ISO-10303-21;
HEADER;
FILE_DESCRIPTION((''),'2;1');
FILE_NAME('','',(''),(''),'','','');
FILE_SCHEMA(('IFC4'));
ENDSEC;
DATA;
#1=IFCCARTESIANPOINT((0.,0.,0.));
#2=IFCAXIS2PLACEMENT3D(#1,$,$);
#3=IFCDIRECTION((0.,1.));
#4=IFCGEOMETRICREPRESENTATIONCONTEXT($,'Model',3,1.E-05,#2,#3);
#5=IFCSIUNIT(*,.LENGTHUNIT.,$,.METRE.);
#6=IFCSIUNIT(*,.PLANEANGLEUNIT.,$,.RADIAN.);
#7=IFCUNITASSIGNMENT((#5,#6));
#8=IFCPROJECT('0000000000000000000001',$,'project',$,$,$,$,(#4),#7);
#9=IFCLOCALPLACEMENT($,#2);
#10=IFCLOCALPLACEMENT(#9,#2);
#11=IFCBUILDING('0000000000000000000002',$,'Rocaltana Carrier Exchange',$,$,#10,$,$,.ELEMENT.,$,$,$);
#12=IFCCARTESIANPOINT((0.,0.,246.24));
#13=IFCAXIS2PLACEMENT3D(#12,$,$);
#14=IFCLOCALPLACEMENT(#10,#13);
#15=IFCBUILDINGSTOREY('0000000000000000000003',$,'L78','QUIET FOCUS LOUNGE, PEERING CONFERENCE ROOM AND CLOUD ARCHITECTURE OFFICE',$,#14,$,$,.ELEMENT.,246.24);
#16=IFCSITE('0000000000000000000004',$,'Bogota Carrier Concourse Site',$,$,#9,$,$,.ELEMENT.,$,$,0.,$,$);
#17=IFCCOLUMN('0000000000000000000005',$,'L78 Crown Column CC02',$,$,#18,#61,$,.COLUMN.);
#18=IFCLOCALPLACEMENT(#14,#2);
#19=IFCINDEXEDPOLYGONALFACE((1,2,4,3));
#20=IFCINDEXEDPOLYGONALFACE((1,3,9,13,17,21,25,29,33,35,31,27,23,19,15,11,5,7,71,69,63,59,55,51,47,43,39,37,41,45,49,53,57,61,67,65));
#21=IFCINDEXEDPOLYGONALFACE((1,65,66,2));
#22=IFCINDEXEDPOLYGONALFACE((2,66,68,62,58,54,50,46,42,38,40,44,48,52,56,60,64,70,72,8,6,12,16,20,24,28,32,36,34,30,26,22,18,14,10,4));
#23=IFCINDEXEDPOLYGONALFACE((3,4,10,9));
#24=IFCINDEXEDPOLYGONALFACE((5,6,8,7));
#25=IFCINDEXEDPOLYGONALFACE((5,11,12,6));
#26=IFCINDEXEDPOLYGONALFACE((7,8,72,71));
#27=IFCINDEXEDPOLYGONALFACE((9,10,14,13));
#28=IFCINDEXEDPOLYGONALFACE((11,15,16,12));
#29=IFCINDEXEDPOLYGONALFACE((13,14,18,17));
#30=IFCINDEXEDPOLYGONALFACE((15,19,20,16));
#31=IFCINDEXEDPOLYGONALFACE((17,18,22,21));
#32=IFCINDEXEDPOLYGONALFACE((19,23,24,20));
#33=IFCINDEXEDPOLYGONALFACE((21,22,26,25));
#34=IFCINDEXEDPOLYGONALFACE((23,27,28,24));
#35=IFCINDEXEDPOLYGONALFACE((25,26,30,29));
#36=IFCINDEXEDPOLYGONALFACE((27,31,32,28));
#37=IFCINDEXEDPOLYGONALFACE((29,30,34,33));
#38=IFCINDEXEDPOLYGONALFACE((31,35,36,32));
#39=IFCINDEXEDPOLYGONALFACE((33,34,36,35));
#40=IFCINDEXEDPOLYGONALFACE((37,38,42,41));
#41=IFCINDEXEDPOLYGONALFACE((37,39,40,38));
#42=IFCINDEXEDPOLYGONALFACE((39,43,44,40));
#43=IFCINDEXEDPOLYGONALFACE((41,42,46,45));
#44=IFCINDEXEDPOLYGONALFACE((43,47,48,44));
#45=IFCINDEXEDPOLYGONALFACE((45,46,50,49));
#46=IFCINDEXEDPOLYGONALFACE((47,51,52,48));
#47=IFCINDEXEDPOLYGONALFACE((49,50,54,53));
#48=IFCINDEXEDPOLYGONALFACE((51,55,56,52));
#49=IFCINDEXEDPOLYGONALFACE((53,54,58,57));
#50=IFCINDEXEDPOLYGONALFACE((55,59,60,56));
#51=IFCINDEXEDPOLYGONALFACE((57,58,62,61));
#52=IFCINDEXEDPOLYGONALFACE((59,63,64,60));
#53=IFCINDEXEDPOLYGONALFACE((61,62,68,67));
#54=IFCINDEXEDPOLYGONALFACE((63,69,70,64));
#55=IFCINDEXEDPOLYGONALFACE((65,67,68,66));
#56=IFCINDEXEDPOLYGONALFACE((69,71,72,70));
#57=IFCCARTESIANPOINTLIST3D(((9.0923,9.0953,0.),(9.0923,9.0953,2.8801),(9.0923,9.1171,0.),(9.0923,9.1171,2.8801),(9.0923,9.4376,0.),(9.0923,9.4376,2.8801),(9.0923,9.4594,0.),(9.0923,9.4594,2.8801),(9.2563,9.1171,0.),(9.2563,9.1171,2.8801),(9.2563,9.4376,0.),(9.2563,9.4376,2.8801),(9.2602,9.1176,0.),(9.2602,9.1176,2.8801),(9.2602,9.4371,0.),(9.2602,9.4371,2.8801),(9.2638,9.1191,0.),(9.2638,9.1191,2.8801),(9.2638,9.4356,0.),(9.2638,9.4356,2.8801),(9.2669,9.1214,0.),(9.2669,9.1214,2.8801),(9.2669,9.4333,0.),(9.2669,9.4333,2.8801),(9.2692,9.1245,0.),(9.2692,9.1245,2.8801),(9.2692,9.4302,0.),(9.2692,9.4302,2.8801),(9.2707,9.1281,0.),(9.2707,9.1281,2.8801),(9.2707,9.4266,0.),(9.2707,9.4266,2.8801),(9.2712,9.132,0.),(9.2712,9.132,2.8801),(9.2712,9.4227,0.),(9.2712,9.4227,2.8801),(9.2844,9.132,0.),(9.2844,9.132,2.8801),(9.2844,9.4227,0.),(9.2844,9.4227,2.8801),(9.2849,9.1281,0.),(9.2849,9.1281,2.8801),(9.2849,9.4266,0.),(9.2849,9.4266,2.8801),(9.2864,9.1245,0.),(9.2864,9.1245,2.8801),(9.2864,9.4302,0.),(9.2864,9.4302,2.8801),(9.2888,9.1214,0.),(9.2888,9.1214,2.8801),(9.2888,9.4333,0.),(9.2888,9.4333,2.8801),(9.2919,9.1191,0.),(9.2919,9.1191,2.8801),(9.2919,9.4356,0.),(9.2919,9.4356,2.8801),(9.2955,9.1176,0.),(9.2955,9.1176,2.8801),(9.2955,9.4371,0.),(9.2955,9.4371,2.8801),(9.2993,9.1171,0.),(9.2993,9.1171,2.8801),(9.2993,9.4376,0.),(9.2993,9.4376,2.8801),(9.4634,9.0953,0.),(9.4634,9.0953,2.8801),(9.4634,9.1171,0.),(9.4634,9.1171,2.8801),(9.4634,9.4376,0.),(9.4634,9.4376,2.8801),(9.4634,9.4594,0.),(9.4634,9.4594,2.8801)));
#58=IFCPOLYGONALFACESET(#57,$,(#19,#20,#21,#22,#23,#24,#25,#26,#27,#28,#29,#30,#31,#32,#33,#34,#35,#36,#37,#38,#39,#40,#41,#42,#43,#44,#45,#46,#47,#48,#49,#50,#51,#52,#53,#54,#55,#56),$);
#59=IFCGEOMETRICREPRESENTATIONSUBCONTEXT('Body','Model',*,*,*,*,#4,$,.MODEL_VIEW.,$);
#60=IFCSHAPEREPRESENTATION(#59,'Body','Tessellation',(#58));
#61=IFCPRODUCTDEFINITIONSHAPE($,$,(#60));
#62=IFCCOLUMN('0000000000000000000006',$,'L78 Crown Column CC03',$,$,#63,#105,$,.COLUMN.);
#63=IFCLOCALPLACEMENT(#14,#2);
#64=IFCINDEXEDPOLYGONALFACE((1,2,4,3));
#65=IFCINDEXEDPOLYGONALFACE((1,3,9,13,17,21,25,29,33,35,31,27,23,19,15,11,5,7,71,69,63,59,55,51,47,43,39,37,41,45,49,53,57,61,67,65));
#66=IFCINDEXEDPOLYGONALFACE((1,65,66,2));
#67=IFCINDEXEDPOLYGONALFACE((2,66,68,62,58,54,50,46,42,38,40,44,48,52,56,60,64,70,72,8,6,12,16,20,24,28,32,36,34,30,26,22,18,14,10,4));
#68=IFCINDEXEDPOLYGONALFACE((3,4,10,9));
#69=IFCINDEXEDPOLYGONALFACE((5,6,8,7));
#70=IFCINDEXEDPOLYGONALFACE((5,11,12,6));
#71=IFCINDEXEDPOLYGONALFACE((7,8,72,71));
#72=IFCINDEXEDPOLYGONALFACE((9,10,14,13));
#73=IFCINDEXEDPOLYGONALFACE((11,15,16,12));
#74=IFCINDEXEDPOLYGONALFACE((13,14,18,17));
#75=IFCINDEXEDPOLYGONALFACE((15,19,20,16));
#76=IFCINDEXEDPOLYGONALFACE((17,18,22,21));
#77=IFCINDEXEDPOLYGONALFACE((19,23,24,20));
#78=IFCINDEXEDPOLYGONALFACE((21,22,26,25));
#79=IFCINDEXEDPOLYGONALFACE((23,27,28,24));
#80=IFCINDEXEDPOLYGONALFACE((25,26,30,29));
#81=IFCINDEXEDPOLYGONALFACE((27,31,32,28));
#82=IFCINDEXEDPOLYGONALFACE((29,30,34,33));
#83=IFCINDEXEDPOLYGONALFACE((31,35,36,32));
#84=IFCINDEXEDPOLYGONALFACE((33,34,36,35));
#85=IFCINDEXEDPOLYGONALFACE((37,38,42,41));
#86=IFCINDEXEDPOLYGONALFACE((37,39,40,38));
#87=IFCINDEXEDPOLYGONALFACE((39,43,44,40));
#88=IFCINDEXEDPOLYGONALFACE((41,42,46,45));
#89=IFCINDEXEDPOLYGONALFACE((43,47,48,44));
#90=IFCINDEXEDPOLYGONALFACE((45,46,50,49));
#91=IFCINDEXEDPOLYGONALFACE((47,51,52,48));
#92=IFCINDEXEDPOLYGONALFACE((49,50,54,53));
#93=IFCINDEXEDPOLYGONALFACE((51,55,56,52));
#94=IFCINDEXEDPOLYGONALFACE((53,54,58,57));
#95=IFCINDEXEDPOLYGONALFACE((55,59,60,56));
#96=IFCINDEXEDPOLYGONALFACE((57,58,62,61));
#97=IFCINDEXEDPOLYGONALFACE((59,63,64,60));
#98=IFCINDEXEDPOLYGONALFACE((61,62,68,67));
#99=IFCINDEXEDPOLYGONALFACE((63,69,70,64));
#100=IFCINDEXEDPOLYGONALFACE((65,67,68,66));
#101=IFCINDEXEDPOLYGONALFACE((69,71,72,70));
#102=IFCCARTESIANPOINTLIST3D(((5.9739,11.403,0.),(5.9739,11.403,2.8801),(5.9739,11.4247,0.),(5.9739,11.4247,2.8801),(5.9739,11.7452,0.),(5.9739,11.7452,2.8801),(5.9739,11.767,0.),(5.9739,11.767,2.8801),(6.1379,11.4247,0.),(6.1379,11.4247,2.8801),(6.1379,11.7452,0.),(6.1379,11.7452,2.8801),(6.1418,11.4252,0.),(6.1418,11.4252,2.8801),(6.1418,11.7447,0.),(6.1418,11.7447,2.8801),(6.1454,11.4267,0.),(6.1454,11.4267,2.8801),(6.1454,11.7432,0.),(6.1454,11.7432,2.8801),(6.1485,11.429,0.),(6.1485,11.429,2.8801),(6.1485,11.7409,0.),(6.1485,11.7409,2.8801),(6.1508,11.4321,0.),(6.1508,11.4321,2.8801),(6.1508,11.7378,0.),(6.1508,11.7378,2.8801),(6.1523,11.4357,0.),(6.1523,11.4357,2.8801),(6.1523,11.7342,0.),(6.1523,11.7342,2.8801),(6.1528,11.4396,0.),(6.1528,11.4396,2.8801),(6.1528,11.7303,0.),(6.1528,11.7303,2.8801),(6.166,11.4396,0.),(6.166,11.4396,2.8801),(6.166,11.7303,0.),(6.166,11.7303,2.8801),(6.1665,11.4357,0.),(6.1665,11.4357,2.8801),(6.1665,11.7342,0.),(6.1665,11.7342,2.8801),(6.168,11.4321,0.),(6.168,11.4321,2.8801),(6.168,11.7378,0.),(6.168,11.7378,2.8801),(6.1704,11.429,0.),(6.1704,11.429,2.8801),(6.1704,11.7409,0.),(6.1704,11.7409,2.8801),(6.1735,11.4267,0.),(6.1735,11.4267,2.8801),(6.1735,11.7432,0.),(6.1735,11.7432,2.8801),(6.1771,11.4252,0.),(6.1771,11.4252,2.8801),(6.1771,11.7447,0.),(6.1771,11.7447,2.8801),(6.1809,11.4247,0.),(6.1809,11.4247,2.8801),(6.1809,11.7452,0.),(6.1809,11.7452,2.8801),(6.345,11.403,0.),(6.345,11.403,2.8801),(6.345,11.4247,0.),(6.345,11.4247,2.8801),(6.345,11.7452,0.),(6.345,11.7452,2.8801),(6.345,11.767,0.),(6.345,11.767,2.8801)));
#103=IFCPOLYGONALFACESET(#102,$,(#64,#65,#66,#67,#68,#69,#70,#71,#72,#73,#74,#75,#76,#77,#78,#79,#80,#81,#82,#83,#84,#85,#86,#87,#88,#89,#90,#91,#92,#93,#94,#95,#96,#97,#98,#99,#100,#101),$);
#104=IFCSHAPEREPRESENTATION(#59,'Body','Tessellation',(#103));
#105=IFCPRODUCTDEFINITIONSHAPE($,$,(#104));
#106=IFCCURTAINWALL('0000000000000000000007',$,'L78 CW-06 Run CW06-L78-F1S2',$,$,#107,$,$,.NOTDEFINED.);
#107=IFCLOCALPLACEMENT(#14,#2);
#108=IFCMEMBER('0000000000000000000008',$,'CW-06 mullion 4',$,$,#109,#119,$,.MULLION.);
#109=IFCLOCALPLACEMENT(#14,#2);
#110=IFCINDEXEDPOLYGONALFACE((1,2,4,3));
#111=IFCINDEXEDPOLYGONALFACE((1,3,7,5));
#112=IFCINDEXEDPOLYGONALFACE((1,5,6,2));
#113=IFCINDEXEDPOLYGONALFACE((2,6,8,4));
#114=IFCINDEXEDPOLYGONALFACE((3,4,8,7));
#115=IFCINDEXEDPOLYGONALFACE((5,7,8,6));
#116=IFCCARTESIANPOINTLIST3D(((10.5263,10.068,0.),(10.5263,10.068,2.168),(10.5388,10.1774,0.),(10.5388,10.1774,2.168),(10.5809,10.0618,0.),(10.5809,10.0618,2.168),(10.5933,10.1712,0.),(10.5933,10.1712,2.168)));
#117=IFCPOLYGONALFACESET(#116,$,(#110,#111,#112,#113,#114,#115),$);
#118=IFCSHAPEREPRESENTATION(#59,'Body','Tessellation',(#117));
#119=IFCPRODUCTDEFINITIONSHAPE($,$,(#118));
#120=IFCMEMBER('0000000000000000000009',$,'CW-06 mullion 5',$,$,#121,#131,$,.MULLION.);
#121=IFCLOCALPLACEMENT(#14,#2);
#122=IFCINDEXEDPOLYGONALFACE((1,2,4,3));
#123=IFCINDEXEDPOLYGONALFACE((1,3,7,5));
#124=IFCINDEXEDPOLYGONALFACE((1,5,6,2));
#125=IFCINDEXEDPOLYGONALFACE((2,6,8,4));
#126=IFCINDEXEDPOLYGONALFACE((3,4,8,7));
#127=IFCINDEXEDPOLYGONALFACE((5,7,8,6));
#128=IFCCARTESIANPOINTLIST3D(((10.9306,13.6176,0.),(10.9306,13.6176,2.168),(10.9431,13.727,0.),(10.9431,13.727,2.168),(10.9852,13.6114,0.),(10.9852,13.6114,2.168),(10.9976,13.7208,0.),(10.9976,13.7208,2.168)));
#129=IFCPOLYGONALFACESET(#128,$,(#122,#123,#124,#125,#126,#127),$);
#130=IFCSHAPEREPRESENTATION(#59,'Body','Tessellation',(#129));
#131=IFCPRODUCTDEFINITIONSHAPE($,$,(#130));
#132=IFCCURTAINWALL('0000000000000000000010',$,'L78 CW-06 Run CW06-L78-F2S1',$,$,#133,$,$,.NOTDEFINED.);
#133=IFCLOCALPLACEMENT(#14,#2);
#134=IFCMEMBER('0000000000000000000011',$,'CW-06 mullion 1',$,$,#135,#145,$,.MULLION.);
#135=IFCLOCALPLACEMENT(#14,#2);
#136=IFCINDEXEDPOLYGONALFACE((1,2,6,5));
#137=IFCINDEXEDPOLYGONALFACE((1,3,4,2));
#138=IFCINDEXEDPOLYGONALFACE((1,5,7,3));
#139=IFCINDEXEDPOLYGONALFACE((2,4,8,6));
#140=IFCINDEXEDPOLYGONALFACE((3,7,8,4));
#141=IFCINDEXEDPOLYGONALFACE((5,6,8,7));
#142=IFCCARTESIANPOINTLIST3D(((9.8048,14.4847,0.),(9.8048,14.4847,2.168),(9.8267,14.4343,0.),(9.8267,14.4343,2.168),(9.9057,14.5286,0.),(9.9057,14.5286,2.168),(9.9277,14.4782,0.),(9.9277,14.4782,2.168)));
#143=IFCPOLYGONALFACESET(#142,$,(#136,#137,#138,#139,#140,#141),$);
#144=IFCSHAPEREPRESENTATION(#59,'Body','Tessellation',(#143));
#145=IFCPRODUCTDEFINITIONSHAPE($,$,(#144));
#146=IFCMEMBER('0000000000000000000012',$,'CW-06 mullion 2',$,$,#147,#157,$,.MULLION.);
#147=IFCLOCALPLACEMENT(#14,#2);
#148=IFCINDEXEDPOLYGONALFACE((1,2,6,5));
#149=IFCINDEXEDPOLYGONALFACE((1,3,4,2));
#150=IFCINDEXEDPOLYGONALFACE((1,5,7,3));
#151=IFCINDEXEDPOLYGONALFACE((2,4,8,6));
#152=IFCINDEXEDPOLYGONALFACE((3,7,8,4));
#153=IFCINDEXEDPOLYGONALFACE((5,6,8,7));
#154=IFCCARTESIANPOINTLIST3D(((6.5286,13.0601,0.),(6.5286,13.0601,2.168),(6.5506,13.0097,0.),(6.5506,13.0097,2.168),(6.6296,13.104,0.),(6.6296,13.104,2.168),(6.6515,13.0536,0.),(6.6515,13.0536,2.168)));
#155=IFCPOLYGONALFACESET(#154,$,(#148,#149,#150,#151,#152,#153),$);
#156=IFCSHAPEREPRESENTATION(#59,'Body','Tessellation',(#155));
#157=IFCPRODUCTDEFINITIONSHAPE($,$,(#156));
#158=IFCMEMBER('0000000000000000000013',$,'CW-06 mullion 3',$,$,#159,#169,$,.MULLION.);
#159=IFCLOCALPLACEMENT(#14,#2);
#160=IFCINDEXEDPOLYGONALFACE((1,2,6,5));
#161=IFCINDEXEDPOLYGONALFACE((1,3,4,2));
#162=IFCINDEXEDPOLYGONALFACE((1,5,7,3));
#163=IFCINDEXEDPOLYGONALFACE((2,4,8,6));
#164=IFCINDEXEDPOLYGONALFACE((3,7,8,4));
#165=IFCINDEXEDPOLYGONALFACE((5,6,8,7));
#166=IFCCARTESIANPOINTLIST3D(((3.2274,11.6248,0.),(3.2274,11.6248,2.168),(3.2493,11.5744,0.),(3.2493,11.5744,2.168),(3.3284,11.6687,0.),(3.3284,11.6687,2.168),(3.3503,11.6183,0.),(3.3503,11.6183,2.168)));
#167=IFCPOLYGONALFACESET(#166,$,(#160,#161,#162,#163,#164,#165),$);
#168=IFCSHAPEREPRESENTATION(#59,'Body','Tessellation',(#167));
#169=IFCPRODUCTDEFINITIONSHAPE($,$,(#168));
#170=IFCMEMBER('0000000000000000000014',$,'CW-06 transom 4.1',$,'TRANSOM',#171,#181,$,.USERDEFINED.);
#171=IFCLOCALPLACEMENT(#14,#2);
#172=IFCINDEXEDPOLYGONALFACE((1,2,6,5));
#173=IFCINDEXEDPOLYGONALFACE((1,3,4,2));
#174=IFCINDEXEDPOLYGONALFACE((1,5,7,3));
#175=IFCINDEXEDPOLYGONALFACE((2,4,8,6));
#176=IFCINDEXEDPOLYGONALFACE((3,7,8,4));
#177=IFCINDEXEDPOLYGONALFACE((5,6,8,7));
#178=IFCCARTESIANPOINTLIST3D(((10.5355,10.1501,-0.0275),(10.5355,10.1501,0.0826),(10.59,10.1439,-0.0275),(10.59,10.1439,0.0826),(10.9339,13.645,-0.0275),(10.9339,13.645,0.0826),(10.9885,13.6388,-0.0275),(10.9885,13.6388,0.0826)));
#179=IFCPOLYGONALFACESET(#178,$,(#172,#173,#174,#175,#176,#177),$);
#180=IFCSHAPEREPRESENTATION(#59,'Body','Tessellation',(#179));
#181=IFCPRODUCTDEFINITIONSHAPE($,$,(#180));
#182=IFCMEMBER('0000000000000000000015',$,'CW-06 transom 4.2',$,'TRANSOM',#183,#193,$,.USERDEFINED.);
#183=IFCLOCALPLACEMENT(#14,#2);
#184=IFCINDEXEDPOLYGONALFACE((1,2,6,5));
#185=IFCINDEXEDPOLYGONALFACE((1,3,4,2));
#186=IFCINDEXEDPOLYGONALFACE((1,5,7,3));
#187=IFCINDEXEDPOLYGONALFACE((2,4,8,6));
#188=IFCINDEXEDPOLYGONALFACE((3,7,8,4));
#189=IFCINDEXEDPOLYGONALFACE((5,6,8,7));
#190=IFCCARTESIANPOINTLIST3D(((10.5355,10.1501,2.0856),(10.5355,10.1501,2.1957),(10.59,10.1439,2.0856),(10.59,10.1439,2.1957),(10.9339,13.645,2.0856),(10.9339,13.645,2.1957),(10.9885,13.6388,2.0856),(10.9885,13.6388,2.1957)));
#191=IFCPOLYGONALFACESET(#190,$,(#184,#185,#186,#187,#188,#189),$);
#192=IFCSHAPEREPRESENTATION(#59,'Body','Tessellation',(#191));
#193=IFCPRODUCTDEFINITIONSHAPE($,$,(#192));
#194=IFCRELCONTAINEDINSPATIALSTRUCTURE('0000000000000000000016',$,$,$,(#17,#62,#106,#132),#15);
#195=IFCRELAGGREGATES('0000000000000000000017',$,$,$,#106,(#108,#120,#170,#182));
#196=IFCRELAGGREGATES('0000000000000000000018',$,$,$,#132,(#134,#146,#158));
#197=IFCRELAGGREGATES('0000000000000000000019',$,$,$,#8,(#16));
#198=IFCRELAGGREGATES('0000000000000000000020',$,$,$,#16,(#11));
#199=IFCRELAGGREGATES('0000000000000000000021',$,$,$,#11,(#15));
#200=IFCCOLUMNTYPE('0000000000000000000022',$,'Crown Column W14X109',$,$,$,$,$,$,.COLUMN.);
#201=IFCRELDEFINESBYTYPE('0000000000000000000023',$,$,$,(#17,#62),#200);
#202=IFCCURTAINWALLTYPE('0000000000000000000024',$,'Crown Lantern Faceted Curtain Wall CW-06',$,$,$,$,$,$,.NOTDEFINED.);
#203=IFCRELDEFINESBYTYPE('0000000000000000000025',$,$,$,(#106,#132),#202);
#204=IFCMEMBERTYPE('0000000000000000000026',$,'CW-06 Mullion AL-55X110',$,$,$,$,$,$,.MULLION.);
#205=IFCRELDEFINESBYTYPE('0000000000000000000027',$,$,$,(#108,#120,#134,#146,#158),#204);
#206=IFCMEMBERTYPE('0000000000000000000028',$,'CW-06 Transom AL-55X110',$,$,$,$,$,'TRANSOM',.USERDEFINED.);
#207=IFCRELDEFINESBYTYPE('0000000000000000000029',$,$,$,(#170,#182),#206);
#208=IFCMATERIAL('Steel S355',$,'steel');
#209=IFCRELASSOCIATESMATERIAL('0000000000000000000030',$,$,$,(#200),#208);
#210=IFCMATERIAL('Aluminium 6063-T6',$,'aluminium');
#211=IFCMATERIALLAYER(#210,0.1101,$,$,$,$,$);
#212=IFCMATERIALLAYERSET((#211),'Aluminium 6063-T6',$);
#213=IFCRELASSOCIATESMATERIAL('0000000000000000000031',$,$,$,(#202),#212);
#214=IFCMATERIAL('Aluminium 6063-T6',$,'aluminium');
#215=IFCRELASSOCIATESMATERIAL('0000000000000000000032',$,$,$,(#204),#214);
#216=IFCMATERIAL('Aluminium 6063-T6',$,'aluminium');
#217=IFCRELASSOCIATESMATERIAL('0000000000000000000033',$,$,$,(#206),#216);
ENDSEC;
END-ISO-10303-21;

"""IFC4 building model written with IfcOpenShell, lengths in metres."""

from ifc_helpers import new_model, si_unit, direction, frame, origin, origin_2d, place, context, subcontext, project, spatial, rectangle, i_section, extrude, material, layer, layer_set, material_profile, profile_set, type_object, element, aggregate, save


model = new_model("IFC4")

# Units and contexts
model_context = context("Model", 3, precision=1e-05, world=origin(), true_north=direction((0.0, 1.0)))
body_context = subcontext(model_context, "Body", "Model", "MODEL_VIEW")
ifc_project = project(units=[si_unit("LENGTHUNIT", "METRE"), si_unit("PLANEANGLEUNIT", "RADIAN")], contexts=[model_context])

# Site, building, storey
site_placement = place(None, origin())
site = spatial("IfcSite", under=ifc_project, at=site_placement, Name="Bogota Carrier Concourse Site", CompositionType="ELEMENT", RefElevation=0.0)
building_placement = place(site_placement, origin())
building = spatial("IfcBuilding", under=site, at=building_placement, Name="Rocaltana Carrier Exchange", CompositionType="ELEMENT")
storey_placement = place(building_placement, frame((0.0, 0.0, 246.24)))
storey = spatial("IfcBuildingStorey", under=building, at=storey_placement, Name="L78", Description="QUIET FOCUS LOUNGE, PEERING CONFERENCE ROOM AND CLOUD ARCHITECTURE OFFICE", CompositionType="ELEMENT", Elevation=246.24)

# Columns
ifc_material_1 = material(Name="Steel S355", Category="steel")
ifc_material_profile_1 = material_profile(ifc_material_1, i_section(OverallWidth=0.3711, OverallDepth=0.364, WebThickness=0.0132, FlangeThickness=0.0217, FilletRadius=0.0149, at=origin_2d()), Name="W14X109")
ifc_profile_set_1 = profile_set([ifc_material_profile_1], Name="Steel S355")
column_type = type_object("IfcColumnType", Name="Crown Column W14X109", PredefinedType="COLUMN", material=ifc_profile_set_1)
for number, where, z_axis, x_axis, name in (
    (1, (9.2778, 9.2773, 0.0), (0.0, 0.0, 1.0), (1.0, 0.0, 0.0), "L78 Crown Column CC02"),
    (2, (6.1594, 11.585, 0.0), (0.0, 0.0, 1.0), (1.0, 0.0, 0.0), "L78 Crown Column CC03"),
):
    element("IfcColumn", number, at=place(storey_placement, frame(where, z_axis=z_axis, x_axis=x_axis)), inside=storey, type_object=column_type, Name=name, PredefinedType="COLUMN", context=body_context, shape_type="SweptSolid", body=[
        extrude(i_section(OverallWidth=0.3711, OverallDepth=0.364, WebThickness=0.0132, FlangeThickness=0.0217, FilletRadius=0.0149, at=origin_2d()), origin(), (0.0, 0.0, 1.0), 2.8801),
    ])

# Curtain walls, members
ifc_material_2 = material(Name="Aluminium 6063-T6", Category="aluminium")
ifc_layer_1 = layer(ifc_material_2, 0.1101)
ifc_layer_set_1 = layer_set([ifc_layer_1], Name="Aluminium 6063-T6")
curtain_wall_type = type_object("IfcCurtainWallType", Name="Crown Lantern Faceted Curtain Wall CW-06", PredefinedType="NOTDEFINED", material=ifc_layer_set_1)
curtain_wall_1_placement = place(storey_placement, origin())
curtain_wall_1 = element("IfcCurtainWall", 3, at=curtain_wall_1_placement, inside=storey, type_object=curtain_wall_type, Name="L78 CW-06 Run CW06-L78-F1S2", PredefinedType="NOTDEFINED")
ifc_material_3 = material(Name="Aluminium 6063-T6", Category="aluminium")
ifc_material_profile_2 = material_profile(ifc_material_3, rectangle(XDim=0.0549, YDim=0.1101, at=origin_2d()), Name="AL-55X110")
ifc_profile_set_2 = profile_set([ifc_material_profile_2], Name="Aluminium 6063-T6")
member_type_1 = type_object("IfcMemberType", Name="CW-06 Mullion AL-55X110", PredefinedType="MULLION", material=ifc_profile_set_2)
member_1_placement = place(storey_placement, frame((10.5598, 10.1196, 0.0), z_axis=(0.0, 0.0, 1.0), x_axis=(-0.993571, 0.113209, 0.0)))
member_1 = element("IfcMember", 4, at=member_1_placement, type_object=member_type_1, Name="CW-06 mullion 4", PredefinedType="MULLION", context=body_context, shape_type="SweptSolid", body=[
    extrude(rectangle(XDim=0.0549, YDim=0.1101, at=origin_2d()), origin(), (0.0, 0.0, 1.0), 2.168),
])
member_2_placement = place(storey_placement, frame((10.9641, 13.6692, 0.0), z_axis=(0.0, 0.0, 1.0), x_axis=(-0.993571, 0.113209, 0.0)))
member_2 = element("IfcMember", 5, at=member_2_placement, type_object=member_type_1, Name="CW-06 mullion 5", PredefinedType="MULLION", context=body_context, shape_type="SweptSolid", body=[
    extrude(rectangle(XDim=0.0549, YDim=0.1101, at=origin_2d()), origin(), (0.0, 0.0, 1.0), 2.168),
])
curtain_wall_2_placement = place(storey_placement, origin())
curtain_wall_2 = element("IfcCurtainWall", 6, at=curtain_wall_2_placement, inside=storey, type_object=curtain_wall_type, Name="L78 CW-06 Run CW06-L78-F2S1", PredefinedType="NOTDEFINED")
member_3_placement = place(storey_placement, frame((9.8662, 14.4814, 0.0), z_axis=(0.0, 0.0, 1.0), x_axis=(0.398752, -0.917059, 0.0)))
member_3 = element("IfcMember", 7, at=member_3_placement, type_object=member_type_1, Name="CW-06 mullion 1", PredefinedType="MULLION", context=body_context, shape_type="SweptSolid", body=[
    extrude(rectangle(XDim=0.0549, YDim=0.1101, at=origin_2d()), origin(), (0.0, 0.0, 1.0), 2.168),
])
member_4_placement = place(storey_placement, frame((6.5901, 13.0569, 0.0), z_axis=(0.0, 0.0, 1.0), x_axis=(0.398752, -0.917059, 0.0)))
member_4 = element("IfcMember", 8, at=member_4_placement, type_object=member_type_1, Name="CW-06 mullion 2", PredefinedType="MULLION", context=body_context, shape_type="SweptSolid", body=[
    extrude(rectangle(XDim=0.0549, YDim=0.1101, at=origin_2d()), origin(), (0.0, 0.0, 1.0), 2.168),
])
member_5_placement = place(storey_placement, frame((3.2888, 11.6216, 0.0), z_axis=(0.0, 0.0, 1.0), x_axis=(0.398752, -0.917059, 0.0)))
member_5 = element("IfcMember", 9, at=member_5_placement, type_object=member_type_1, Name="CW-06 mullion 3", PredefinedType="MULLION", context=body_context, shape_type="SweptSolid", body=[
    extrude(rectangle(XDim=0.0549, YDim=0.1101, at=origin_2d()), origin(), (0.0, 0.0, 1.0), 2.168),
])

# Members
ifc_material_4 = material(Name="Aluminium 6063-T6", Category="aluminium")
ifc_material_profile_3 = material_profile(ifc_material_4, rectangle(XDim=0.0549, YDim=0.1101, at=origin_2d()), Name="AL-55X110")
ifc_profile_set_3 = profile_set([ifc_material_profile_3], Name="Aluminium 6063-T6")
member_type_2 = type_object("IfcMemberType", Name="CW-06 Transom AL-55X110", ElementType="TRANSOM", PredefinedType="USERDEFINED", material=ifc_profile_set_3)
member_6_placement = place(storey_placement, frame((10.5627, 10.147, 0.0276), z_axis=(0.113273, 0.993564, 0.0), x_axis=(-0.993564, 0.113273, 0.0)))
member_6 = element("IfcMember", 10, at=member_6_placement, type_object=member_type_2, Name="CW-06 transom 4.1", ObjectType="TRANSOM", PredefinedType="USERDEFINED", context=body_context, shape_type="SweptSolid", body=[
    extrude(rectangle(XDim=0.0549, YDim=0.1101, at=origin_2d()), origin(), (0.0, 0.0, 1.0), 3.5176),
])
member_7_placement = place(storey_placement, frame((10.5627, 10.147, 2.1406), z_axis=(0.113273, 0.993564, 0.0), x_axis=(-0.993564, 0.113273, 0.0)))
member_7 = element("IfcMember", 11, at=member_7_placement, type_object=member_type_2, Name="CW-06 transom 4.2", ObjectType="TRANSOM", PredefinedType="USERDEFINED", context=body_context, shape_type="SweptSolid", body=[
    extrude(rectangle(XDim=0.0549, YDim=0.1101, at=origin_2d()), origin(), (0.0, 0.0, 1.0), 3.5176),
])

aggregate(curtain_wall_1, [member_1, member_2, member_6, member_7])
aggregate(curtain_wall_2, [member_3, member_4, member_5])

save(model, "model.ifc")
